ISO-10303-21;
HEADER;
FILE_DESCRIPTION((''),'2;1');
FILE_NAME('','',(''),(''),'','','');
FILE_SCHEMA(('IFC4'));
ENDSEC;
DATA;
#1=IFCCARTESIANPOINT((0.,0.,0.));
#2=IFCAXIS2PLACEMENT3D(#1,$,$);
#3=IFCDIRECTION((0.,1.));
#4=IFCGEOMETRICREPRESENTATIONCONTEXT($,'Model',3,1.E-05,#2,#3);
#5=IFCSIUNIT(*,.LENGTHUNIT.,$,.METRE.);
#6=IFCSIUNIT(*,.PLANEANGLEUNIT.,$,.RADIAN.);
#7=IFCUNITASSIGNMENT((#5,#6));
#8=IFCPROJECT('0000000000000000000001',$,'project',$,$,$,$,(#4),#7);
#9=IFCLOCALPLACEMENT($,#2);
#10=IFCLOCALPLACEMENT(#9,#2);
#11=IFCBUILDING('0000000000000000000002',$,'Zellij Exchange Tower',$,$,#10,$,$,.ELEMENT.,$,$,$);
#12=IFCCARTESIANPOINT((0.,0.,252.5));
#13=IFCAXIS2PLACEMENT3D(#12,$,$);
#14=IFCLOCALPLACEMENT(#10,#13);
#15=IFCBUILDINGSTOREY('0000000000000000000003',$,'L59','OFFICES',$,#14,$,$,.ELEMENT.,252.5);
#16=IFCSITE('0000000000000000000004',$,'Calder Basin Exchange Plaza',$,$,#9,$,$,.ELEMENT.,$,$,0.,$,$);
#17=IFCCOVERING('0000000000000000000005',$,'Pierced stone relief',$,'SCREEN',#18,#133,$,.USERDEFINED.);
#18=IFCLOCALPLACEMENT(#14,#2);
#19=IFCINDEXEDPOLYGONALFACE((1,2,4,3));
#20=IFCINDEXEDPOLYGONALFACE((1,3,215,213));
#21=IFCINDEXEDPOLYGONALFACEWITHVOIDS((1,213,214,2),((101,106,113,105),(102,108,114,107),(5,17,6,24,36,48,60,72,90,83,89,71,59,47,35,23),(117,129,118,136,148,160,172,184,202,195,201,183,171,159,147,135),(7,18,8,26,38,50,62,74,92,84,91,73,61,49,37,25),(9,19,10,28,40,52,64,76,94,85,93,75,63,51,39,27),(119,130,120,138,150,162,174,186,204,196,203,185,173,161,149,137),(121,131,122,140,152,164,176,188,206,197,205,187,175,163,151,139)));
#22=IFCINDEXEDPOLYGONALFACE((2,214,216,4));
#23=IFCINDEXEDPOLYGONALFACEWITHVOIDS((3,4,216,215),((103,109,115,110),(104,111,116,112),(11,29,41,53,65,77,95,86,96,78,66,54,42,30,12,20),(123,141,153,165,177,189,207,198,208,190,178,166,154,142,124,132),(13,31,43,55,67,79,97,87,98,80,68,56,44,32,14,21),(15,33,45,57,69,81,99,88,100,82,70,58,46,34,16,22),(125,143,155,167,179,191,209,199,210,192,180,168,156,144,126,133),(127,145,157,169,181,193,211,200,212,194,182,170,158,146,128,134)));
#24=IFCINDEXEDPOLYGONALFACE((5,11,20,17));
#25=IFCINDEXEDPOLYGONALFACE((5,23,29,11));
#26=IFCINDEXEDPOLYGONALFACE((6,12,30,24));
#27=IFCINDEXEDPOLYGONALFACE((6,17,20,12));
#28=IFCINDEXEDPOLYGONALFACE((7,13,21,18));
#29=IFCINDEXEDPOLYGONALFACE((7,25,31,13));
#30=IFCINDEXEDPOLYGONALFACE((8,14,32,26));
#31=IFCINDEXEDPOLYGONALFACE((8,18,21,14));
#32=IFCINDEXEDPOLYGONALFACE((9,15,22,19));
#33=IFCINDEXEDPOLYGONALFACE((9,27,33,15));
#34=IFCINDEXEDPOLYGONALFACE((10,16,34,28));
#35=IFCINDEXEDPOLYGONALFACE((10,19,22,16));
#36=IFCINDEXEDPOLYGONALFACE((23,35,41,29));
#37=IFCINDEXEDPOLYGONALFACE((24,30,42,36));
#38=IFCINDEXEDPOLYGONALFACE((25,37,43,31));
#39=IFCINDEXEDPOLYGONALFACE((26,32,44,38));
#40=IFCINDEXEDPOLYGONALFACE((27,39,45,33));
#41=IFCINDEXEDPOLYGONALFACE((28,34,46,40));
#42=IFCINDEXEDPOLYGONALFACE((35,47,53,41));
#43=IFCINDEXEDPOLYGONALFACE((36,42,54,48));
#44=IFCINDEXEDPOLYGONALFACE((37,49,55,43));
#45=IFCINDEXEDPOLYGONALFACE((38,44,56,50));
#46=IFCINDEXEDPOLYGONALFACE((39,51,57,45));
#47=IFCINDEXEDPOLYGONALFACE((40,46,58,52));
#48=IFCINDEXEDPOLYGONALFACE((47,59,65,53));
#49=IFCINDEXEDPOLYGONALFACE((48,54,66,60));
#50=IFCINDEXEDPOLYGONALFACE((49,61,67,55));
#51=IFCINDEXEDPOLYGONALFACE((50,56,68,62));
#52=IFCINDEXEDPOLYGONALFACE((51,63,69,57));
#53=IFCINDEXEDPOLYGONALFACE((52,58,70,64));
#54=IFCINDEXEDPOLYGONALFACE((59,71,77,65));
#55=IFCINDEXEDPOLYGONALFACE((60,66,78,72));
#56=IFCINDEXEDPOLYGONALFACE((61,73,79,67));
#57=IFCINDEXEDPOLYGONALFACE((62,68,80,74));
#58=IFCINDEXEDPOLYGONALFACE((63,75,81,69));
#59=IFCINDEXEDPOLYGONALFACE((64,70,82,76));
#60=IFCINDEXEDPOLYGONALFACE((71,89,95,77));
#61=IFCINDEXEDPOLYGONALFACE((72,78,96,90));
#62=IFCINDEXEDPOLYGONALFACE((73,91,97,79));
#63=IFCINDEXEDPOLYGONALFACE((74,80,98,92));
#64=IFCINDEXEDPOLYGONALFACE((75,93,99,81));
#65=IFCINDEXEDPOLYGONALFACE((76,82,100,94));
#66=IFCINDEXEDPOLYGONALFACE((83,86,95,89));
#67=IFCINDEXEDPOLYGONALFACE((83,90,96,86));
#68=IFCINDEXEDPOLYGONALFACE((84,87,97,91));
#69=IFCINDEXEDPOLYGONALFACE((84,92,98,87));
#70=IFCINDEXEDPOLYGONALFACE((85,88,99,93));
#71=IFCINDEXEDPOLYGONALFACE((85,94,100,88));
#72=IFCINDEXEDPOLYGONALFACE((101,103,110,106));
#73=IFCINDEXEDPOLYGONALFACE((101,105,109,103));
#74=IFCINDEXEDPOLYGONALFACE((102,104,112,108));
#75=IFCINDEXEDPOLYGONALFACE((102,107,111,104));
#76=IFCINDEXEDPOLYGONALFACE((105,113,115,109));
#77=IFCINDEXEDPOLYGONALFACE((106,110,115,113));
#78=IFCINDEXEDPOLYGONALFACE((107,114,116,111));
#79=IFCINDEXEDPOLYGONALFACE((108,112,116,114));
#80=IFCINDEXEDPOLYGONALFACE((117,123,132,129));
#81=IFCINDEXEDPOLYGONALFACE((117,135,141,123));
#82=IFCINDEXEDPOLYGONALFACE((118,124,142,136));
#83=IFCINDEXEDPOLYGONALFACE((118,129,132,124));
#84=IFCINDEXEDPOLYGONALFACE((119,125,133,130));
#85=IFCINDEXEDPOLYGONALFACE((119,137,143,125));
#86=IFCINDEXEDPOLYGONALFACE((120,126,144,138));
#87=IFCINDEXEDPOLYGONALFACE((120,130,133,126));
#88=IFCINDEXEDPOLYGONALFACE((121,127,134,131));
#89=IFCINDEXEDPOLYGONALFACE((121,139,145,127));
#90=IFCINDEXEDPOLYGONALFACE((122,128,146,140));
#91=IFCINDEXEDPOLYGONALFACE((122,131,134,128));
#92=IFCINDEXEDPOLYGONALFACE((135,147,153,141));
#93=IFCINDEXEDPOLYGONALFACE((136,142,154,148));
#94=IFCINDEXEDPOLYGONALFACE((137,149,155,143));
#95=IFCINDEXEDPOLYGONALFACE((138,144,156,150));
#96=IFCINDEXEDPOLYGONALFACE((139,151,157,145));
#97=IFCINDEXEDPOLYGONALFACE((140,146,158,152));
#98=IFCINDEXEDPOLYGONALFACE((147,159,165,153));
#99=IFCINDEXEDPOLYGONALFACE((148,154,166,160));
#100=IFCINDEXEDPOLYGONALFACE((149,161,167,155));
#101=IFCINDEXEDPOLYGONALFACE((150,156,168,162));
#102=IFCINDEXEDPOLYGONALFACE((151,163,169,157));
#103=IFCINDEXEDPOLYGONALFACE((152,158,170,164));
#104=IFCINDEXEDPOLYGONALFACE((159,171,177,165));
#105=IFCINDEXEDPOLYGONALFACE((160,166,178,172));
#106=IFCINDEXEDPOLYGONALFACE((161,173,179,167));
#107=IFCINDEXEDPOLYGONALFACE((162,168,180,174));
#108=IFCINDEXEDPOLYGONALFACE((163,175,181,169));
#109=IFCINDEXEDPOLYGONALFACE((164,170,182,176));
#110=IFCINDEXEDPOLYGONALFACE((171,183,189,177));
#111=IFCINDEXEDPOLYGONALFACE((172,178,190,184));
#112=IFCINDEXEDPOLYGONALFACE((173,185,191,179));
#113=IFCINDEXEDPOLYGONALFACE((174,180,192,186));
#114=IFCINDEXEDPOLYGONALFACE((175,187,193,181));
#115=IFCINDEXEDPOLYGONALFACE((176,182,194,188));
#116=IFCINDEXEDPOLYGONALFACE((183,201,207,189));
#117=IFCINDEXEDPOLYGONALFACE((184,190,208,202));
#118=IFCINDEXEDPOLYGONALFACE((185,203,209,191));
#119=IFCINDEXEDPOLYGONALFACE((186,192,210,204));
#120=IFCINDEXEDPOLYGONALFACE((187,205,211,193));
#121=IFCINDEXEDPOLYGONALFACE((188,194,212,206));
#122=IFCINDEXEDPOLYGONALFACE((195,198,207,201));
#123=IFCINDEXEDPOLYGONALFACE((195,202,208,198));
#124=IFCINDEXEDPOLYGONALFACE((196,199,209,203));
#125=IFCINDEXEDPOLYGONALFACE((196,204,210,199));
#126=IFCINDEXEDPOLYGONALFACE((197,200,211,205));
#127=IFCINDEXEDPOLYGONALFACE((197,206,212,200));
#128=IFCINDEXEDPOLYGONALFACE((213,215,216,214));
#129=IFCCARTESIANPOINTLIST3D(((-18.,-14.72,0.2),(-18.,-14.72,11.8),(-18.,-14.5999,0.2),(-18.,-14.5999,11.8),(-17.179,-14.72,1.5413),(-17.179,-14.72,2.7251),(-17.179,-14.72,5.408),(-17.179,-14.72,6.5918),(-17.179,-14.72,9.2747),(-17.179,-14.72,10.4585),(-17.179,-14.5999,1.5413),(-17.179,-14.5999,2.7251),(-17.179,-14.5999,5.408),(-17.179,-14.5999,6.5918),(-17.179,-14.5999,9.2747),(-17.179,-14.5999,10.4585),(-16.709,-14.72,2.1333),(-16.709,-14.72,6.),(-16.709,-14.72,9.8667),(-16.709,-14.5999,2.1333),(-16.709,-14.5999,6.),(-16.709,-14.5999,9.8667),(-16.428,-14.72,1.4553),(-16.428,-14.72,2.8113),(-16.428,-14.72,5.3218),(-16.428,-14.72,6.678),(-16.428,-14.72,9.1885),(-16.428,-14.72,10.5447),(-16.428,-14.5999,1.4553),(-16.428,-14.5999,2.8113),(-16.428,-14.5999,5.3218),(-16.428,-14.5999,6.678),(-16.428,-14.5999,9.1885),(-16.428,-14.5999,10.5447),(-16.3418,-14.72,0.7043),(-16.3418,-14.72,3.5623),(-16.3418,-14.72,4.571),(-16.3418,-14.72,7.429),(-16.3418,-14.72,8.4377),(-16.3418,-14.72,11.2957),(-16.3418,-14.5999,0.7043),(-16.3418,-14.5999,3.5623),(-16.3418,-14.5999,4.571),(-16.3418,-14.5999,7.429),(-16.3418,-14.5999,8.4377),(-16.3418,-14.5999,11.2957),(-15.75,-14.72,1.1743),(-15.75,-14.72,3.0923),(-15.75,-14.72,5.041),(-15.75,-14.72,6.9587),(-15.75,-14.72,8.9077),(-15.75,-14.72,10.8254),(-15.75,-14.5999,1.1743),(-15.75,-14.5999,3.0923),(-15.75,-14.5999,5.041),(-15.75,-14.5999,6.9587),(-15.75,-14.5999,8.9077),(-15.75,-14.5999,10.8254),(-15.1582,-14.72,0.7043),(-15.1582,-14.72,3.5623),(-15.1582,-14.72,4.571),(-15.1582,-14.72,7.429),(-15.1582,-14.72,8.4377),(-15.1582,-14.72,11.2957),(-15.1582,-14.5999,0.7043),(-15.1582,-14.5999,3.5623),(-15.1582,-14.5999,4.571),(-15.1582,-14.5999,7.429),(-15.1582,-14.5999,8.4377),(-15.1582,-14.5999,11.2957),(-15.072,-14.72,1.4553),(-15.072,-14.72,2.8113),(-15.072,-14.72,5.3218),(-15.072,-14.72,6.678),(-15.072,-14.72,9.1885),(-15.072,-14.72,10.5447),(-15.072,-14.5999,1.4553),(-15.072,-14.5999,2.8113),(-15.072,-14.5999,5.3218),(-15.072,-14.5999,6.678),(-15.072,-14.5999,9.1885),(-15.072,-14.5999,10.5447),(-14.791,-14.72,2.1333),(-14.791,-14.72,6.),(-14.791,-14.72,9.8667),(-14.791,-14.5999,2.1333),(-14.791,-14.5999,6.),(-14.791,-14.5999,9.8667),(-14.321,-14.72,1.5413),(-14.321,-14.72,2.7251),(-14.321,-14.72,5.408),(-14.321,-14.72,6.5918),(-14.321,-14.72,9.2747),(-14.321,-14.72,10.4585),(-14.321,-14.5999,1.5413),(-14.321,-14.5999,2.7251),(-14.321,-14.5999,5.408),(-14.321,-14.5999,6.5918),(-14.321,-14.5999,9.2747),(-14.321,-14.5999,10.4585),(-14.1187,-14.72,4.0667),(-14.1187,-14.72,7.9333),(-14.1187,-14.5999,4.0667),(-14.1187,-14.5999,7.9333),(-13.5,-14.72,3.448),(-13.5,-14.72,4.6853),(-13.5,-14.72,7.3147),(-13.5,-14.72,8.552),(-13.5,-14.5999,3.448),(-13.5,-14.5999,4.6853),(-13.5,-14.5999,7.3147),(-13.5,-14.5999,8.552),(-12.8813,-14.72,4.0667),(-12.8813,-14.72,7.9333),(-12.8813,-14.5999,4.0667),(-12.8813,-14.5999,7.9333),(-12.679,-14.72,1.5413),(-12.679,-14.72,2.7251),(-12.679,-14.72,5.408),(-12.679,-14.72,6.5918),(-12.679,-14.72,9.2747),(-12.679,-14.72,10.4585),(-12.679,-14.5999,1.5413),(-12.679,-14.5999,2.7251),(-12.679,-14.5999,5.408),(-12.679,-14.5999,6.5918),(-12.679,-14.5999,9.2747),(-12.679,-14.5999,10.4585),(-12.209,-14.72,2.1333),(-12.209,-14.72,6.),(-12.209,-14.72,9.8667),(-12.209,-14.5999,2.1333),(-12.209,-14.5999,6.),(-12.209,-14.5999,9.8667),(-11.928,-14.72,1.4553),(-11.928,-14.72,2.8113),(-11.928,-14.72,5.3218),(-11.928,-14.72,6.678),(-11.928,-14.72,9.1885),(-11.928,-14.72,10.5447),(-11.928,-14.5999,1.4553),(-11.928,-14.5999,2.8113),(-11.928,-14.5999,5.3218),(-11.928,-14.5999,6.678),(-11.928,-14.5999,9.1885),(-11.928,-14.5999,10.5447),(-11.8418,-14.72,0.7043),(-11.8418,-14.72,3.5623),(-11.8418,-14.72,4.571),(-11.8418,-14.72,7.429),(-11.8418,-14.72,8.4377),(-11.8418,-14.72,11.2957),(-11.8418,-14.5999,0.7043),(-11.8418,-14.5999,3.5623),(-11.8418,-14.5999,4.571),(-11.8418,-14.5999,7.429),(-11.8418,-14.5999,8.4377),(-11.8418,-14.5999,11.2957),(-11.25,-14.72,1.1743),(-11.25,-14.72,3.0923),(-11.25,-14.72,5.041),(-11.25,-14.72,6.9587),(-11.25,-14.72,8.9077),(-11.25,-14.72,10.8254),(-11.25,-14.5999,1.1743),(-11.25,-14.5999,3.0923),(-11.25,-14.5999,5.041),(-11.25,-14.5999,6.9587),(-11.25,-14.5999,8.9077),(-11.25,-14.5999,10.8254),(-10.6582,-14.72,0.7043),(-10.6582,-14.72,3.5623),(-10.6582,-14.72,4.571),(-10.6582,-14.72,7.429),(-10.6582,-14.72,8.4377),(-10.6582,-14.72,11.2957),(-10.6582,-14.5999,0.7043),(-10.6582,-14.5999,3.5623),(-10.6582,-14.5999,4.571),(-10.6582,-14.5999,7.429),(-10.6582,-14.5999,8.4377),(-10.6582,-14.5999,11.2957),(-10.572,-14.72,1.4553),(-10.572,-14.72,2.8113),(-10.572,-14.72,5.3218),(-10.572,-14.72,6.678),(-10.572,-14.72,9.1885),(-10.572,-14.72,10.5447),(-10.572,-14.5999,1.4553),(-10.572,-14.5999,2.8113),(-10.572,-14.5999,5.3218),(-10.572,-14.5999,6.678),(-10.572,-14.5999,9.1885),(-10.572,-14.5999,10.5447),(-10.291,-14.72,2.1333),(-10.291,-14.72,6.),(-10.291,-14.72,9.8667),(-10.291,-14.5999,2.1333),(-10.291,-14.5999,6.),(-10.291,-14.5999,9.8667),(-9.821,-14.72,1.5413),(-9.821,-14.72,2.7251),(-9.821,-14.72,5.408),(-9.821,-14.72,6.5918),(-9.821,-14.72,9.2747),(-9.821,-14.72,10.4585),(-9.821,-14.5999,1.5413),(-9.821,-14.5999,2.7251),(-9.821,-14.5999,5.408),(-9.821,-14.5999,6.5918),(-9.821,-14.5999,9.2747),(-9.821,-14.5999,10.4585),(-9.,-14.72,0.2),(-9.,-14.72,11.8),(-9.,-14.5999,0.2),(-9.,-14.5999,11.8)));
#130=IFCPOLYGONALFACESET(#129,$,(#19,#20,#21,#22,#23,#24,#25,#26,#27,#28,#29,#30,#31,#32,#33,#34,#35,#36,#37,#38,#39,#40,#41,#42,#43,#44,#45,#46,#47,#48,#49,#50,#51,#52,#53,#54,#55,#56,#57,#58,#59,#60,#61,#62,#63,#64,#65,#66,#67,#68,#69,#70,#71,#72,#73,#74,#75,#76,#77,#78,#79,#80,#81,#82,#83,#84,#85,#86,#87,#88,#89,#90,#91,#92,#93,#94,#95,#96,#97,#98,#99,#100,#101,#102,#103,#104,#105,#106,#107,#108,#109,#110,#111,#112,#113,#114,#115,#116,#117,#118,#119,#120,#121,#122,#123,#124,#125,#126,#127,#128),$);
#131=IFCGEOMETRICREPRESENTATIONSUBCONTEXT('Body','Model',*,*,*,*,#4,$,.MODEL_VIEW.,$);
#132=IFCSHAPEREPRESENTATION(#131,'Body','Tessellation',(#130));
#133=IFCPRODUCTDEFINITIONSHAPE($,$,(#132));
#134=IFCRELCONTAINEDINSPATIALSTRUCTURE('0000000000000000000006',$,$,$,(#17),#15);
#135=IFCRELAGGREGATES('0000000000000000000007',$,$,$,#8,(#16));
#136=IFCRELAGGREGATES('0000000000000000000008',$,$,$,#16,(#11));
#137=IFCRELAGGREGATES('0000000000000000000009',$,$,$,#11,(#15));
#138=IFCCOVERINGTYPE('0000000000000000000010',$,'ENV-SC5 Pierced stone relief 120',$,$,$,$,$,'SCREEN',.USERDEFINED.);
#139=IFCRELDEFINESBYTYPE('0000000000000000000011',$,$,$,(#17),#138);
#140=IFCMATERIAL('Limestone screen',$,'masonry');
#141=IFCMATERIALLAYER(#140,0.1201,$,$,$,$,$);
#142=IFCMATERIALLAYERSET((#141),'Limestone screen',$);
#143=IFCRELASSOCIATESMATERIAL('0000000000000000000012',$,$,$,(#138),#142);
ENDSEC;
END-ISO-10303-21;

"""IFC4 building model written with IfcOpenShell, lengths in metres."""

from ifc_helpers import new_model, si_unit, direction, frame, origin, place, context, subcontext, project, spatial, polyline, outline, extrude, material, layer, layer_set, type_object, element, save


model = new_model("IFC4")

# Units and contexts
model_context = context("Model", 3, precision=1e-05, world=origin(), true_north=direction((0.0, 1.0)))
body_context = subcontext(model_context, "Body", "Model", "MODEL_VIEW")
ifc_project = project(units=[si_unit("LENGTHUNIT", "METRE"), si_unit("PLANEANGLEUNIT", "RADIAN")], contexts=[model_context])

# Site, building, storey
site_placement = place(None, origin())
site = spatial("IfcSite", under=ifc_project, at=site_placement, Name="Calder Basin Exchange Plaza", CompositionType="ELEMENT", RefElevation=0.0)
building_placement = place(site_placement, origin())
building = spatial("IfcBuilding", under=site, at=building_placement, Name="Zellij Exchange Tower", CompositionType="ELEMENT")
storey_placement = place(building_placement, frame((0.0, 0.0, 252.5)))
storey = spatial("IfcBuildingStorey", under=building, at=storey_placement, Name="L59", Description="OFFICES", CompositionType="ELEMENT", Elevation=252.5)

# Covering
ifc_material_1 = material(Name="Limestone screen", Category="masonry")
ifc_layer_1 = layer(ifc_material_1, 0.1201)
ifc_layer_set_1 = layer_set([ifc_layer_1], Name="Limestone screen")
covering_type = type_object("IfcCoveringType", Name="ENV-SC5 Pierced stone relief 120", ElementType="SCREEN", PredefinedType="USERDEFINED", material=ifc_layer_set_1)
covering_1_placement = place(storey_placement, frame((-18.0, -14.6599, 0.2), z_axis=(0.0, 0.0, 1.0), x_axis=(1.0, 0.0, 0.0)))
element("IfcCovering", 1, at=covering_1_placement, inside=storey, type_object=covering_type, Name="Pierced stone relief", ObjectType="SCREEN", PredefinedType="USERDEFINED", context=body_context, shape_type="SweptSolid", body=[
    extrude(outline(polyline([(0.0, 0.0), (9.0, 0.0), (9.0, 11.6001), (0.0, 11.6001), (0.0, 0.0)]), holes=[polyline([(3.679, 2.5251), (2.928, 2.6113), (2.8418, 3.3623), (2.25, 2.8923), (1.6582, 3.3623), (1.572, 2.6113), (0.821, 2.5251), (1.291, 1.9333), (0.821, 1.3413), (1.572, 1.2554), (1.6582, 0.5044), (2.25, 0.9744), (2.8418, 0.5044), (2.928, 1.2554), (3.679, 1.3413), (3.209, 1.9333), (3.679, 2.5251)]), polyline([(3.679, 6.3918), (2.928, 6.478), (2.8418, 7.229), (2.25, 6.7588), (1.6582, 7.229), (1.572, 6.478), (0.821, 6.3918), (1.291, 5.8), (0.821, 5.208), (1.572, 5.1218), (1.6582, 4.3711), (2.25, 4.8411), (2.8418, 4.3711), (2.928, 5.1218), (3.679, 5.208), (3.209, 5.8), (3.679, 6.3918)]), polyline([(3.679, 10.2585), (2.928, 10.3447), (2.8418, 11.0957), (2.25, 10.6255), (1.6582, 11.0957), (1.572, 10.3447), (0.821, 10.2585), (1.291, 9.6667), (0.821, 9.0747), (1.572, 8.9885), (1.6582, 8.2378), (2.25, 8.7078), (2.8418, 8.2378), (2.928, 8.9885), (3.679, 9.0747), (3.209, 9.6667), (3.679, 10.2585)]), polyline([(8.179, 2.5251), (7.428, 2.6113), (7.3418, 3.3623), (6.75, 2.8923), (6.1582, 3.3623), (6.072, 2.6113), (5.321, 2.5251), (5.791, 1.9333), (5.321, 1.3413), (6.072, 1.2554), (6.1582, 0.5044), (6.75, 0.9744), (7.3418, 0.5044), (7.428, 1.2554), (8.179, 1.3413), (7.709, 1.9333), (8.179, 2.5251)]), polyline([(8.179, 6.3918), (7.428, 6.478), (7.3418, 7.229), (6.75, 6.7588), (6.1582, 7.229), (6.072, 6.478), (5.321, 6.3918), (5.791, 5.8), (5.321, 5.208), (6.072, 5.1218), (6.1582, 4.3711), (6.75, 4.8411), (7.3418, 4.3711), (7.428, 5.1218), (8.179, 5.208), (7.709, 5.8), (8.179, 6.3918)]), polyline([(8.179, 10.2585), (7.428, 10.3447), (7.3418, 11.0957), (6.75, 10.6255), (6.1582, 11.0957), (6.072, 10.3447), (5.321, 10.2585), (5.791, 9.6667), (5.321, 9.0747), (6.072, 8.9885), (6.1582, 8.2378), (6.75, 8.7078), (7.3418, 8.2378), (7.428, 8.9885), (8.179, 9.0747), (7.709, 9.6667), (8.179, 10.2585)]), polyline([(5.1187, 3.8667), (4.5, 4.4854), (3.8813, 3.8667), (4.5, 3.248), (5.1187, 3.8667)]), polyline([(5.1187, 7.7334), (4.5, 8.3521), (3.8813, 7.7334), (4.5, 7.1147), (5.1187, 7.7334)])]), frame((0.0, 0.0601, 0.0), z_axis=(0.0, -1.0, 0.0), x_axis=(1.0, 0.0, 0.0)), (0.0, 0.0, 1.0), 0.1201),
])

save(model, "model.ifc")
